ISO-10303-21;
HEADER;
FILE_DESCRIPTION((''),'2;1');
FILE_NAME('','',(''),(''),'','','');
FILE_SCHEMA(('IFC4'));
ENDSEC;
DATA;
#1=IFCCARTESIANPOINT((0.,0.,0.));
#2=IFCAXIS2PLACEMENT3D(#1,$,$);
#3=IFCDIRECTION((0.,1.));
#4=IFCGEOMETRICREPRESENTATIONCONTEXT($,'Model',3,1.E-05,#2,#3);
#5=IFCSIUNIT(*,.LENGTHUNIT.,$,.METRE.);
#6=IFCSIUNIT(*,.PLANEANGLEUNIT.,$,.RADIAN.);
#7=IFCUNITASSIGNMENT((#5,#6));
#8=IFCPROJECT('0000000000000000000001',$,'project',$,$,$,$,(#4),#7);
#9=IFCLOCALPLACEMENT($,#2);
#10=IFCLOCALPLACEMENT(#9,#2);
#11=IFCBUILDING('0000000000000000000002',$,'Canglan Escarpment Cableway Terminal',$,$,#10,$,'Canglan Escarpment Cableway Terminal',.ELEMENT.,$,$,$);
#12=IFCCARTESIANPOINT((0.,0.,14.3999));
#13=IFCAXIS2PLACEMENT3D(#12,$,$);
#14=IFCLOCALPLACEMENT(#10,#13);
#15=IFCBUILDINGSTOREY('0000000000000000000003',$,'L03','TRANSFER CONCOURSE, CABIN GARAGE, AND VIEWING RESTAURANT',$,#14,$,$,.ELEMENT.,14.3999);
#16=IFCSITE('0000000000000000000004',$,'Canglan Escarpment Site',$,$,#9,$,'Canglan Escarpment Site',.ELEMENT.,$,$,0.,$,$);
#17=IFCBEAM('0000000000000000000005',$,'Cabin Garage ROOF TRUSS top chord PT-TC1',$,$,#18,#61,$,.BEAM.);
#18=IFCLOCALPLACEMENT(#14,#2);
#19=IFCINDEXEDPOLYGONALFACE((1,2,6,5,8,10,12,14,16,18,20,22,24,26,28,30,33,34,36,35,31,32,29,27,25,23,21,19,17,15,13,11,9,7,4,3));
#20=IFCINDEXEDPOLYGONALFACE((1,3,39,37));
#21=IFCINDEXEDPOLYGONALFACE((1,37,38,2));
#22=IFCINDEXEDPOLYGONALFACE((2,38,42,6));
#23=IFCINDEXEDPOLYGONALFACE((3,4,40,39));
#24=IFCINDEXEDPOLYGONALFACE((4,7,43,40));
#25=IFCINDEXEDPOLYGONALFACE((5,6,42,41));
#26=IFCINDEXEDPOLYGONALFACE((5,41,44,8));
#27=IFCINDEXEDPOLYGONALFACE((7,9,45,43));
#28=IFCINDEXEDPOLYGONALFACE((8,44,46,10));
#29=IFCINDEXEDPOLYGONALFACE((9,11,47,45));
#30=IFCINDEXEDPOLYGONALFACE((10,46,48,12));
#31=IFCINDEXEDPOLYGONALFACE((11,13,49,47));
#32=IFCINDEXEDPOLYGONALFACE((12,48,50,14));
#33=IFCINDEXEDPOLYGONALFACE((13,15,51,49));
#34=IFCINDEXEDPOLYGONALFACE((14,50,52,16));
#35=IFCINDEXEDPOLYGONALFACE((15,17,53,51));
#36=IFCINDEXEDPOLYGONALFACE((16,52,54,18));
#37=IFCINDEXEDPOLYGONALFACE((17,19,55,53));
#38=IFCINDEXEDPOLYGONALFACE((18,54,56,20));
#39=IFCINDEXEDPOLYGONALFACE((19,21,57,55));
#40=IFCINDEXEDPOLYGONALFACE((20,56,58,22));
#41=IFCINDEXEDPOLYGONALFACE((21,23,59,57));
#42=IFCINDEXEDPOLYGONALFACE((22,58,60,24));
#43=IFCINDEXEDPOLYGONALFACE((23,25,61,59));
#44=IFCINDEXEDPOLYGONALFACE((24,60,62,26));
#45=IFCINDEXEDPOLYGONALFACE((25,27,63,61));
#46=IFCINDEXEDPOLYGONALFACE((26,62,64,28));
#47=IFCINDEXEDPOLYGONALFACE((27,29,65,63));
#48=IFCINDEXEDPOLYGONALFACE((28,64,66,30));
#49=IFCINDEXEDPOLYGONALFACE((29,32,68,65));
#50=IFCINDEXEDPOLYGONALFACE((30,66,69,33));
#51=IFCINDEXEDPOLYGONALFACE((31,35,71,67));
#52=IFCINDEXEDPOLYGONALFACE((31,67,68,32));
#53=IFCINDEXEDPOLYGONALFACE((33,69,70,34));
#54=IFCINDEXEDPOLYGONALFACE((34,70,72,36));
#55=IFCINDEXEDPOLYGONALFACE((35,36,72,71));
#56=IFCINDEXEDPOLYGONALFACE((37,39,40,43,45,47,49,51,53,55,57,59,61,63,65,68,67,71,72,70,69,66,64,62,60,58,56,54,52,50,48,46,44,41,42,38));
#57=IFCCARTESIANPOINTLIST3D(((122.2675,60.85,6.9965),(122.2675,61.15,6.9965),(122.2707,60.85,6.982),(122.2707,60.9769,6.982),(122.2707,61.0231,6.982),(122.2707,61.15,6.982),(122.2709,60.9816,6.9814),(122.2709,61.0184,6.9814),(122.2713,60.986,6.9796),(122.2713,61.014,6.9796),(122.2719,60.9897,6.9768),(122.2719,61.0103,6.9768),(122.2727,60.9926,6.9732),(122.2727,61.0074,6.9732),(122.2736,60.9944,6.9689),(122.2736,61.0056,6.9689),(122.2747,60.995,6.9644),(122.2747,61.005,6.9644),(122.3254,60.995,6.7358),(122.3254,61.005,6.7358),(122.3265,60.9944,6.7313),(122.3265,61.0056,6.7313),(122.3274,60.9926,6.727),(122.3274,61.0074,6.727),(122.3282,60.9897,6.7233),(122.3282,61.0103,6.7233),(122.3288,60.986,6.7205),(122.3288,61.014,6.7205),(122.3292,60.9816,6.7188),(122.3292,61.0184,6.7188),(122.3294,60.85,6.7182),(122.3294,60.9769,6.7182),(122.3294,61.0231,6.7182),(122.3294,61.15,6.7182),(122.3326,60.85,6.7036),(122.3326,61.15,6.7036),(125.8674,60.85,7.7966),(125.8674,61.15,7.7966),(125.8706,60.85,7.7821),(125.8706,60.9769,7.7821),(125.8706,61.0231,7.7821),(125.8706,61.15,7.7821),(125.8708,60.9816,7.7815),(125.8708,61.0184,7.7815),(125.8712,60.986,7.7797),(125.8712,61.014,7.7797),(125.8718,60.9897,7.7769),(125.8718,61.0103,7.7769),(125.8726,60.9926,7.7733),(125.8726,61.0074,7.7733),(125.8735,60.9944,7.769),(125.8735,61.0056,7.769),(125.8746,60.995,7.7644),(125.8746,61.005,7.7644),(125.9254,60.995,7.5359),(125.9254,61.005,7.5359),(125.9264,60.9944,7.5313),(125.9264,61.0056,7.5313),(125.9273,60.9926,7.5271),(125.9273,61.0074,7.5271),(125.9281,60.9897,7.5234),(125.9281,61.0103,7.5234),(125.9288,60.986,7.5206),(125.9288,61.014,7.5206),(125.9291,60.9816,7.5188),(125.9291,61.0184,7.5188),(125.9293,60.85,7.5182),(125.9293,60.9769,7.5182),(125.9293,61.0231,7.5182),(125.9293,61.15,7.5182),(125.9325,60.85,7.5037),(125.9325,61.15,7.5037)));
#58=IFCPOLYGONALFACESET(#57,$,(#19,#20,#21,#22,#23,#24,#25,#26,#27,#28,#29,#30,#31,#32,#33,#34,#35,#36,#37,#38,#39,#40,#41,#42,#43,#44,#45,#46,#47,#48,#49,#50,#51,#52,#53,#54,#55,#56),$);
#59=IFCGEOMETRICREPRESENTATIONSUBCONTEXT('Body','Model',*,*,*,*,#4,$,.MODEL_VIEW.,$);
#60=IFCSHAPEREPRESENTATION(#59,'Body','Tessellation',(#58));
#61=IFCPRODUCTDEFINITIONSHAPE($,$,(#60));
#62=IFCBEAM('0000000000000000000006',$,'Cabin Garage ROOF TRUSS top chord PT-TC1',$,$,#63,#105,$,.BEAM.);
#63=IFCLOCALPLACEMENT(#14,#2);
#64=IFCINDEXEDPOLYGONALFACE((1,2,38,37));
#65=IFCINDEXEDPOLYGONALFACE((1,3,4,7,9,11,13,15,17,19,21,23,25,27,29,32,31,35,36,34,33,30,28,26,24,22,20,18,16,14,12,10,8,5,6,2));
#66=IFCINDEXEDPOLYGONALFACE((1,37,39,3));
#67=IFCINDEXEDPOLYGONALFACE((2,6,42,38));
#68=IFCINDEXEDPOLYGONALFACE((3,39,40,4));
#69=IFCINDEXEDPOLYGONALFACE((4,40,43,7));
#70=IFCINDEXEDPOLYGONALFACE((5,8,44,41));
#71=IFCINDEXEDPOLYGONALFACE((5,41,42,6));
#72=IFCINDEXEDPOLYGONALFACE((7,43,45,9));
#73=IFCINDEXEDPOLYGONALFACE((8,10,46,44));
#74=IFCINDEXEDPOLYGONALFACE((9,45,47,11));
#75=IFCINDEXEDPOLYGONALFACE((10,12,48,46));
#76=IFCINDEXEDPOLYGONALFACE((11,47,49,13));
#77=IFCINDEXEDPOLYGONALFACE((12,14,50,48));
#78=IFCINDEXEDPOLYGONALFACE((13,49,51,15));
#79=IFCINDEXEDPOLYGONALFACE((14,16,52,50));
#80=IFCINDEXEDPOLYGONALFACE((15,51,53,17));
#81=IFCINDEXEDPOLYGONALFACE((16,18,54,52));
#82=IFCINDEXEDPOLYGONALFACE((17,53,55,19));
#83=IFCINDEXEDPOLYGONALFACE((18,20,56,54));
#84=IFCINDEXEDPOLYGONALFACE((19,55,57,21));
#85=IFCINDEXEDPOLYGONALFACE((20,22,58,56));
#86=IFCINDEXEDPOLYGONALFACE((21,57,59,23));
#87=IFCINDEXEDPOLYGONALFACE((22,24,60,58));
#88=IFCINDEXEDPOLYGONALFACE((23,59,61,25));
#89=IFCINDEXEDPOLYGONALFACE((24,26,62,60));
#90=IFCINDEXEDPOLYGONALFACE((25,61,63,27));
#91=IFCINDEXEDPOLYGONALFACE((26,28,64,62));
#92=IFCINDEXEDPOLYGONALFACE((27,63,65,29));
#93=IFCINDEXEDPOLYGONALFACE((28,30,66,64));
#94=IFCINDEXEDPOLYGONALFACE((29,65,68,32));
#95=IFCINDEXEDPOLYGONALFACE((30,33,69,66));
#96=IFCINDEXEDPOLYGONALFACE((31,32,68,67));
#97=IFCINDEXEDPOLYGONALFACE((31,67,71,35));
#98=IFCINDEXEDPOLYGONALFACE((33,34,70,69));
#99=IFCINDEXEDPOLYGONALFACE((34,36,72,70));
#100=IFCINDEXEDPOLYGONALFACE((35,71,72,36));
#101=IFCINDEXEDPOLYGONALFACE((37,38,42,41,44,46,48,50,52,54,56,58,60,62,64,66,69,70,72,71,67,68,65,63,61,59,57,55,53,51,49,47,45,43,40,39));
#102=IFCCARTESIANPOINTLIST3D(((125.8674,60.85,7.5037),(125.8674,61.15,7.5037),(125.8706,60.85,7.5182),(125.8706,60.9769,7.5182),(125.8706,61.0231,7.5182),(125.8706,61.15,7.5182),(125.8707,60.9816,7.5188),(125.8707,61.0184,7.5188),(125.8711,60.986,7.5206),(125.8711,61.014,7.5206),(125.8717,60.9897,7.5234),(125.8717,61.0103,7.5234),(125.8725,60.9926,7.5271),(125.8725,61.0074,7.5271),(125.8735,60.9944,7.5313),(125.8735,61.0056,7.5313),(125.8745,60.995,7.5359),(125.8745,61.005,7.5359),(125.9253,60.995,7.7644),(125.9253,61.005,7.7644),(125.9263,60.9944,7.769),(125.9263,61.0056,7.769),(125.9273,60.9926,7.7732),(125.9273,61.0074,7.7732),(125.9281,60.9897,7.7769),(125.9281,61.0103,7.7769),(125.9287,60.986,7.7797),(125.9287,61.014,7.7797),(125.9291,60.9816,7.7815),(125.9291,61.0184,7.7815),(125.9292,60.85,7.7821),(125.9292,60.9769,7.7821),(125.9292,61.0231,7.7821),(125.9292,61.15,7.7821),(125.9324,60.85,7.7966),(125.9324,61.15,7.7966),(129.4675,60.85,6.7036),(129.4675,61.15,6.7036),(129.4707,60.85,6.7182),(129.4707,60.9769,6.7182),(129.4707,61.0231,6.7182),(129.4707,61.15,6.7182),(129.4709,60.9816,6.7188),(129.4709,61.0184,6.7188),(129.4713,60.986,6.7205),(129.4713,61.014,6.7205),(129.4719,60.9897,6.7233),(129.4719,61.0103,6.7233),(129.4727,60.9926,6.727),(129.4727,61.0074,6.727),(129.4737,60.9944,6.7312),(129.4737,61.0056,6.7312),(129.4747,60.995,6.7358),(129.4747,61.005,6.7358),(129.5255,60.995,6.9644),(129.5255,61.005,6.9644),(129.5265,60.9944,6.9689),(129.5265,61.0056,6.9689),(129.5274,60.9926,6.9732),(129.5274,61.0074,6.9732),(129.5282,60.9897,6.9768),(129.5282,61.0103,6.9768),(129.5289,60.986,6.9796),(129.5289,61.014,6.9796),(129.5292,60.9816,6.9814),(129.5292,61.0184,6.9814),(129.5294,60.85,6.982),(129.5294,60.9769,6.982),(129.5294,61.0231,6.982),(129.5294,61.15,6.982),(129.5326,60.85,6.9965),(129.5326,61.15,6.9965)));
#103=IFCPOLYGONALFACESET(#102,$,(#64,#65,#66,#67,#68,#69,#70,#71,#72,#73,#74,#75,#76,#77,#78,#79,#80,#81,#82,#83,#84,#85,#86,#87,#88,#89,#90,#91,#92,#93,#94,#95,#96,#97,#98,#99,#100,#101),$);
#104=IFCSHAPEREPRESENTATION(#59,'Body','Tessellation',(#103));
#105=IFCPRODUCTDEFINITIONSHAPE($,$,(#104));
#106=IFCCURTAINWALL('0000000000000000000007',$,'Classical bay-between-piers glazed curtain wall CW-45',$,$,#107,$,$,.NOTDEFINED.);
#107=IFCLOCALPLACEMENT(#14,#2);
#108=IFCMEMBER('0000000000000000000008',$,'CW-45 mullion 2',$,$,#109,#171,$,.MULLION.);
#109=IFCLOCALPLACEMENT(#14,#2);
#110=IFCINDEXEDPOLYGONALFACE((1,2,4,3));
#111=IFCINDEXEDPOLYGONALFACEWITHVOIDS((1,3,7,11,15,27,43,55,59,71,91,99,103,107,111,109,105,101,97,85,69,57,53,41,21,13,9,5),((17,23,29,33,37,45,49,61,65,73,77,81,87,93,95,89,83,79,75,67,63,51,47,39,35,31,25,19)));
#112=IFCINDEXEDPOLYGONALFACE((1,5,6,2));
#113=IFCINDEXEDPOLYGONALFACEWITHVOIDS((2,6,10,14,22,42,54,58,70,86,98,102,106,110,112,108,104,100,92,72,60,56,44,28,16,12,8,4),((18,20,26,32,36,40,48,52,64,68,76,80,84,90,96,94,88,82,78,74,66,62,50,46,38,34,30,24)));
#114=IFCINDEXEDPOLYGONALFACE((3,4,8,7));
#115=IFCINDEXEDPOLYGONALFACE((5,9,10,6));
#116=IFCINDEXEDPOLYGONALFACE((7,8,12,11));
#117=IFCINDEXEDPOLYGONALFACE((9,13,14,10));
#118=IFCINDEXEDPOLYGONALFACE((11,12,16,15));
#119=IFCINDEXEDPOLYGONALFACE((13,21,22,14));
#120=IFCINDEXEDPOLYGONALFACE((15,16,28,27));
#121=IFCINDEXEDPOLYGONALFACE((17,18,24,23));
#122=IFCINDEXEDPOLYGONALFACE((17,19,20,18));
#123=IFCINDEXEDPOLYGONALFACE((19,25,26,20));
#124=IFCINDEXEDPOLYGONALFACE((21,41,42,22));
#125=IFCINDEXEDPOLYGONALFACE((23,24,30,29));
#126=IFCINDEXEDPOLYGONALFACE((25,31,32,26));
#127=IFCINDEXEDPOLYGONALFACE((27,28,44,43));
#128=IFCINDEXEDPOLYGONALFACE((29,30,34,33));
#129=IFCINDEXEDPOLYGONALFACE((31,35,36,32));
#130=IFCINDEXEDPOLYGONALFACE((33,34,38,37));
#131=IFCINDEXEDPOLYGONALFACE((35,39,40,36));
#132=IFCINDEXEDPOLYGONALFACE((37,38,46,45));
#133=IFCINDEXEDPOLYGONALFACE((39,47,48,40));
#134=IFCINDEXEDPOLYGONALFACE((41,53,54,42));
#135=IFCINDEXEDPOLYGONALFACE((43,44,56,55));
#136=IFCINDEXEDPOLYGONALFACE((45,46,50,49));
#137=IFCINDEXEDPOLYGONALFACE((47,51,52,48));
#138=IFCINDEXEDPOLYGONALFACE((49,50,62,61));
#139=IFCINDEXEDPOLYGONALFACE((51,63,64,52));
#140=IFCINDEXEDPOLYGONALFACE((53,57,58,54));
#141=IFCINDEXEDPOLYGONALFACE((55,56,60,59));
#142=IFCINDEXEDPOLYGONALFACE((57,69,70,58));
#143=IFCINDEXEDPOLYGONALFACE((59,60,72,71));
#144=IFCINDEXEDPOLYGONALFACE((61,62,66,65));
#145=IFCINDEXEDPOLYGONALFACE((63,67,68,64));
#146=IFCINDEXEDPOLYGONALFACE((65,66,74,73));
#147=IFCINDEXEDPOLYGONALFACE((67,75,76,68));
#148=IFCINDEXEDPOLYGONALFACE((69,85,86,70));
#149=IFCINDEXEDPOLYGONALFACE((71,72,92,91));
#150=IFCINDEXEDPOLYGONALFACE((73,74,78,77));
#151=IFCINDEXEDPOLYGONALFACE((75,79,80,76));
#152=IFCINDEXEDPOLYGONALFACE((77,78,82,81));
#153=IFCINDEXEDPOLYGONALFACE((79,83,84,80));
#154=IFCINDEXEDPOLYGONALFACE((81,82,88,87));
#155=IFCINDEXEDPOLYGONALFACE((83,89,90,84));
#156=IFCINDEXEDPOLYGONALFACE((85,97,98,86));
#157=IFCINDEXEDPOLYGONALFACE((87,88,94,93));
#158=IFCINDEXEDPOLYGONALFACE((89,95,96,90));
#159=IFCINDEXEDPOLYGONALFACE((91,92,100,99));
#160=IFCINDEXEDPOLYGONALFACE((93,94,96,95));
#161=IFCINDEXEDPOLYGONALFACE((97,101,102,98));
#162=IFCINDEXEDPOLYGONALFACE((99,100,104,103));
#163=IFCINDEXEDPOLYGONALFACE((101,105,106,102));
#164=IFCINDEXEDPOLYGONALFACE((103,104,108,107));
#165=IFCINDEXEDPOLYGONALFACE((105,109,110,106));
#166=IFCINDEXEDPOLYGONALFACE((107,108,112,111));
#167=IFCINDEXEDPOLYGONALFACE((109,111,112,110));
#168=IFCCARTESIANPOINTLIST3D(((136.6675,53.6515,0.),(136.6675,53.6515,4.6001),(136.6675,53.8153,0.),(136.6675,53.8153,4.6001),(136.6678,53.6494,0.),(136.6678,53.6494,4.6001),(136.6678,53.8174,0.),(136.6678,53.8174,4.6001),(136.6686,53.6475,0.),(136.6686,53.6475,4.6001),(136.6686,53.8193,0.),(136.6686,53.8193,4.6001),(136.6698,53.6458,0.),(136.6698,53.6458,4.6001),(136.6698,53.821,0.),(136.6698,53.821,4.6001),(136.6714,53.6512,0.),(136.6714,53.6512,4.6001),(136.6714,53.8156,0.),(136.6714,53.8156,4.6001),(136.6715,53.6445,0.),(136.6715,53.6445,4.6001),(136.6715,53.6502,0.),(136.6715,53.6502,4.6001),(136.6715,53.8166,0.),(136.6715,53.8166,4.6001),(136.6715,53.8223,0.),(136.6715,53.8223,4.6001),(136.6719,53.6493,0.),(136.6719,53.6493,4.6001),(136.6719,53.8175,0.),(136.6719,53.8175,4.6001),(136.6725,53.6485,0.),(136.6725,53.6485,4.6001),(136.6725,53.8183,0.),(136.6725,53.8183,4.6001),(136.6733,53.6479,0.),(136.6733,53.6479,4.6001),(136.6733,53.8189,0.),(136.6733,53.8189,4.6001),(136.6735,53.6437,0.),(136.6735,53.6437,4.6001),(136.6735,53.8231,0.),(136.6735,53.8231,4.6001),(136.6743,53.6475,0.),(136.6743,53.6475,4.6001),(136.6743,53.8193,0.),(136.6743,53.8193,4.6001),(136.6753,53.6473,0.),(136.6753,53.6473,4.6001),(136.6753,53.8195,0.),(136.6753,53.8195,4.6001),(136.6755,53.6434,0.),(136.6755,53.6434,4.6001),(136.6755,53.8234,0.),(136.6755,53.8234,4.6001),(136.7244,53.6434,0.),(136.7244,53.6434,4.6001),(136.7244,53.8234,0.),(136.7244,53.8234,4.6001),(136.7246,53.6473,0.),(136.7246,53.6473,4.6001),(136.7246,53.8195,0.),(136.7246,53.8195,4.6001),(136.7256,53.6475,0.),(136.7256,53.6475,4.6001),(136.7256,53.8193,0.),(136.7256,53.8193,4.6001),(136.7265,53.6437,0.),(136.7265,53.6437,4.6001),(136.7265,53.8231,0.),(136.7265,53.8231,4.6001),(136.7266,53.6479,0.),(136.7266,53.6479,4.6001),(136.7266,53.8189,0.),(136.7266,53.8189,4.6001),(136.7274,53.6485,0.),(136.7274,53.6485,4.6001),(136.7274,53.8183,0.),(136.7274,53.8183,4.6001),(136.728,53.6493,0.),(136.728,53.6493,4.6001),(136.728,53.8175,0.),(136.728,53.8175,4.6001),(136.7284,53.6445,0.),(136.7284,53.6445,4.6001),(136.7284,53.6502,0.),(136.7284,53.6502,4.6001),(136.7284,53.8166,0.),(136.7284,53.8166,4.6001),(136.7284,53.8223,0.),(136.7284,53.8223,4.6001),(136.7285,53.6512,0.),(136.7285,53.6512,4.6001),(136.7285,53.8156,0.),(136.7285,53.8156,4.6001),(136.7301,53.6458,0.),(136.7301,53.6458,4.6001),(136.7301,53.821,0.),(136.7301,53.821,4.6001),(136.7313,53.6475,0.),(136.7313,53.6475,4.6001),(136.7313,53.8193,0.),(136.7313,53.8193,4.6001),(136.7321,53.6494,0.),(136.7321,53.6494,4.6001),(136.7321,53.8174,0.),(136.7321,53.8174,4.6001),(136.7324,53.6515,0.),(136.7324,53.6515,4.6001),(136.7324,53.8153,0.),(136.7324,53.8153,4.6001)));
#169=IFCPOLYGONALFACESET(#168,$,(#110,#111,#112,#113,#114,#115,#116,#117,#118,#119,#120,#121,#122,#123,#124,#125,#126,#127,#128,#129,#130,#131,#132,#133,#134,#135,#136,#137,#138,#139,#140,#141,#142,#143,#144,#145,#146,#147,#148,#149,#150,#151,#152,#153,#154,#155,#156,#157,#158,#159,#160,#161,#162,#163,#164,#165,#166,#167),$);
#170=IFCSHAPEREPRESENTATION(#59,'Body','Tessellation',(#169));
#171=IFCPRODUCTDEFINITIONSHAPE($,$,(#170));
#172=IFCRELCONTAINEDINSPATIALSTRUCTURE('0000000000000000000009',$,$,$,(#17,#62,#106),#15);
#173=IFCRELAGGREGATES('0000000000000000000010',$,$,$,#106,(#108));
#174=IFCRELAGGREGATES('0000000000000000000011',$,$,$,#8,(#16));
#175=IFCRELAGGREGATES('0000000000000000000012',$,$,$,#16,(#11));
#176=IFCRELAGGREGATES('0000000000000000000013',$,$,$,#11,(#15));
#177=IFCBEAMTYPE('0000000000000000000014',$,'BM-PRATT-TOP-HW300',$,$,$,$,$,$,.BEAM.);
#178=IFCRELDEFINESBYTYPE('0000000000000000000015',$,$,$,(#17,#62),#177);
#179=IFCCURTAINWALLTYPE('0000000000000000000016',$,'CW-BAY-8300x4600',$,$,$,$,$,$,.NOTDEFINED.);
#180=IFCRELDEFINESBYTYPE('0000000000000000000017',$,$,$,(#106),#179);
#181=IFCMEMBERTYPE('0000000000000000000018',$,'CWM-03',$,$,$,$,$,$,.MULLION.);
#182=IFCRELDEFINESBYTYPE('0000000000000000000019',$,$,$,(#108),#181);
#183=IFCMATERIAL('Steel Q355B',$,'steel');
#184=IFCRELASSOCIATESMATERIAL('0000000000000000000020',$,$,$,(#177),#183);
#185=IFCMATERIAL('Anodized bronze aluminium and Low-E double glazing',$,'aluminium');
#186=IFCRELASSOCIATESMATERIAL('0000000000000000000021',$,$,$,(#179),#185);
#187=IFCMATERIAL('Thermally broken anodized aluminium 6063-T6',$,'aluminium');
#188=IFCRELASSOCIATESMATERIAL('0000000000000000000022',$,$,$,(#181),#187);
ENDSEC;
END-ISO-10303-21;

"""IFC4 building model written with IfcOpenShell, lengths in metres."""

from ifc_helpers import new_model, si_unit, direction, frame, origin, origin_2d, place, context, subcontext, project, spatial, hollow_rectangle, i_section, extrude, material, material_profile, profile_set, type_object, element, aggregate, save


model = new_model("IFC4")

# Units and contexts
model_context = context("Model", 3, precision=1e-05, world=origin(), true_north=direction((0.0, 1.0)))
body_context = subcontext(model_context, "Body", "Model", "MODEL_VIEW")
ifc_project = project(units=[si_unit("LENGTHUNIT", "METRE"), si_unit("PLANEANGLEUNIT", "RADIAN")], contexts=[model_context])

# Site, building, storey
site_placement = place(None, origin())
site = spatial("IfcSite", under=ifc_project, at=site_placement, Name="Canglan Escarpment Site", LongName="Canglan Escarpment Site", CompositionType="ELEMENT", RefElevation=0.0)
building_placement = place(site_placement, origin())
building = spatial("IfcBuilding", under=site, at=building_placement, Name="Canglan Escarpment Cableway Terminal", LongName="Canglan Escarpment Cableway Terminal", CompositionType="ELEMENT")
storey_placement = place(building_placement, frame((0.0, 0.0, 14.3999)))
storey = spatial("IfcBuildingStorey", under=building, at=storey_placement, Name="L03", Description="TRANSFER CONCOURSE, CABIN GARAGE, AND VIEWING RESTAURANT", CompositionType="ELEMENT", Elevation=14.3999)

# Beams
ifc_material_1 = material(Name="Steel Q355B", Category="steel")
ifc_material_profile_1 = material_profile(ifc_material_1, i_section(OverallWidth=0.3, OverallDepth=0.3, WebThickness=0.01, FlangeThickness=0.0149, FilletRadius=0.0181, at=origin_2d()), Name="HW 300x300x10x15")
ifc_profile_set_1 = profile_set([ifc_material_profile_1], Name="Steel Q355B")
beam_type = type_object("IfcBeamType", Name="BM-PRATT-TOP-HW300", PredefinedType="BEAM", material=ifc_profile_set_1)
beam_1_placement = place(storey_placement, frame((122.3, 61.0, 6.8501), z_axis=(0.976182, 0.0, 0.216951), x_axis=(0.0, 1.0, 0.0)))
element("IfcBeam", 1, at=beam_1_placement, inside=storey, type_object=beam_type, Name="Cabin Garage ROOF TRUSS top chord PT-TC1", PredefinedType="BEAM", context=body_context, shape_type="SweptSolid", body=[
    extrude(i_section(OverallWidth=0.3, OverallDepth=0.3, WebThickness=0.01, FlangeThickness=0.0149, FilletRadius=0.0181, at=origin_2d()), origin(), (0.0, 0.0, 1.0), 3.6877),
])
beam_2_placement = place(storey_placement, frame((125.8999, 61.0, 7.6501), z_axis=(0.976186, 0.0, -0.216937), x_axis=(0.0, 1.0, 0.0)))
element("IfcBeam", 2, at=beam_2_placement, inside=storey, type_object=beam_type, Name="Cabin Garage ROOF TRUSS top chord PT-TC1", PredefinedType="BEAM", context=body_context, shape_type="SweptSolid", body=[
    extrude(i_section(OverallWidth=0.3, OverallDepth=0.3, WebThickness=0.01, FlangeThickness=0.0149, FilletRadius=0.0181, at=origin_2d()), origin(), (0.0, 0.0, 1.0), 3.688),
])

# Curtain wall, member
ifc_material_2 = material(Name="Anodized bronze aluminium and Low-E double glazing", Category="aluminium")
curtain_wall_type = type_object("IfcCurtainWallType", Name="CW-BAY-8300x4600", PredefinedType="NOTDEFINED", material=ifc_material_2)
curtain_wall_placement = place(storey_placement, origin())
curtain_wall = element("IfcCurtainWall", 3, at=curtain_wall_placement, inside=storey, type_object=curtain_wall_type, Name="Classical bay-between-piers glazed curtain wall CW-45", PredefinedType="NOTDEFINED")
ifc_material_3 = material(Name="Thermally broken anodized aluminium 6063-T6", Category="aluminium")
ifc_material_profile_2 = material_profile(ifc_material_3, hollow_rectangle(XDim=0.0649, YDim=0.1799, WallThickness=0.0039, InnerFilletRadius=0.0039, OuterFilletRadius=0.0081, at=origin_2d()), Name="ALU-MULL 65x180x4")
ifc_profile_set_2 = profile_set([ifc_material_profile_2], Name="Thermally broken anodized aluminium 6063-T6")
member_type_1 = type_object("IfcMemberType", Name="CWM-03", PredefinedType="MULLION", material=ifc_profile_set_2)
member_1_placement = place(storey_placement, frame((136.7, 53.7334, 0.0), z_axis=(0.0, 0.0, 1.0), x_axis=(-1.0, 0.0, 0.0)))
member_1 = element("IfcMember", 4, at=member_1_placement, type_object=member_type_1, Name="CW-45 mullion 2", PredefinedType="MULLION", context=body_context, shape_type="SweptSolid", body=[
    extrude(hollow_rectangle(XDim=0.0649, YDim=0.1799, WallThickness=0.0039, InnerFilletRadius=0.0039, OuterFilletRadius=0.0081, at=origin_2d()), origin(), (0.0, 0.0, 1.0), 4.6001),
])

aggregate(curtain_wall, [member_1])

save(model, "model.ifc")
